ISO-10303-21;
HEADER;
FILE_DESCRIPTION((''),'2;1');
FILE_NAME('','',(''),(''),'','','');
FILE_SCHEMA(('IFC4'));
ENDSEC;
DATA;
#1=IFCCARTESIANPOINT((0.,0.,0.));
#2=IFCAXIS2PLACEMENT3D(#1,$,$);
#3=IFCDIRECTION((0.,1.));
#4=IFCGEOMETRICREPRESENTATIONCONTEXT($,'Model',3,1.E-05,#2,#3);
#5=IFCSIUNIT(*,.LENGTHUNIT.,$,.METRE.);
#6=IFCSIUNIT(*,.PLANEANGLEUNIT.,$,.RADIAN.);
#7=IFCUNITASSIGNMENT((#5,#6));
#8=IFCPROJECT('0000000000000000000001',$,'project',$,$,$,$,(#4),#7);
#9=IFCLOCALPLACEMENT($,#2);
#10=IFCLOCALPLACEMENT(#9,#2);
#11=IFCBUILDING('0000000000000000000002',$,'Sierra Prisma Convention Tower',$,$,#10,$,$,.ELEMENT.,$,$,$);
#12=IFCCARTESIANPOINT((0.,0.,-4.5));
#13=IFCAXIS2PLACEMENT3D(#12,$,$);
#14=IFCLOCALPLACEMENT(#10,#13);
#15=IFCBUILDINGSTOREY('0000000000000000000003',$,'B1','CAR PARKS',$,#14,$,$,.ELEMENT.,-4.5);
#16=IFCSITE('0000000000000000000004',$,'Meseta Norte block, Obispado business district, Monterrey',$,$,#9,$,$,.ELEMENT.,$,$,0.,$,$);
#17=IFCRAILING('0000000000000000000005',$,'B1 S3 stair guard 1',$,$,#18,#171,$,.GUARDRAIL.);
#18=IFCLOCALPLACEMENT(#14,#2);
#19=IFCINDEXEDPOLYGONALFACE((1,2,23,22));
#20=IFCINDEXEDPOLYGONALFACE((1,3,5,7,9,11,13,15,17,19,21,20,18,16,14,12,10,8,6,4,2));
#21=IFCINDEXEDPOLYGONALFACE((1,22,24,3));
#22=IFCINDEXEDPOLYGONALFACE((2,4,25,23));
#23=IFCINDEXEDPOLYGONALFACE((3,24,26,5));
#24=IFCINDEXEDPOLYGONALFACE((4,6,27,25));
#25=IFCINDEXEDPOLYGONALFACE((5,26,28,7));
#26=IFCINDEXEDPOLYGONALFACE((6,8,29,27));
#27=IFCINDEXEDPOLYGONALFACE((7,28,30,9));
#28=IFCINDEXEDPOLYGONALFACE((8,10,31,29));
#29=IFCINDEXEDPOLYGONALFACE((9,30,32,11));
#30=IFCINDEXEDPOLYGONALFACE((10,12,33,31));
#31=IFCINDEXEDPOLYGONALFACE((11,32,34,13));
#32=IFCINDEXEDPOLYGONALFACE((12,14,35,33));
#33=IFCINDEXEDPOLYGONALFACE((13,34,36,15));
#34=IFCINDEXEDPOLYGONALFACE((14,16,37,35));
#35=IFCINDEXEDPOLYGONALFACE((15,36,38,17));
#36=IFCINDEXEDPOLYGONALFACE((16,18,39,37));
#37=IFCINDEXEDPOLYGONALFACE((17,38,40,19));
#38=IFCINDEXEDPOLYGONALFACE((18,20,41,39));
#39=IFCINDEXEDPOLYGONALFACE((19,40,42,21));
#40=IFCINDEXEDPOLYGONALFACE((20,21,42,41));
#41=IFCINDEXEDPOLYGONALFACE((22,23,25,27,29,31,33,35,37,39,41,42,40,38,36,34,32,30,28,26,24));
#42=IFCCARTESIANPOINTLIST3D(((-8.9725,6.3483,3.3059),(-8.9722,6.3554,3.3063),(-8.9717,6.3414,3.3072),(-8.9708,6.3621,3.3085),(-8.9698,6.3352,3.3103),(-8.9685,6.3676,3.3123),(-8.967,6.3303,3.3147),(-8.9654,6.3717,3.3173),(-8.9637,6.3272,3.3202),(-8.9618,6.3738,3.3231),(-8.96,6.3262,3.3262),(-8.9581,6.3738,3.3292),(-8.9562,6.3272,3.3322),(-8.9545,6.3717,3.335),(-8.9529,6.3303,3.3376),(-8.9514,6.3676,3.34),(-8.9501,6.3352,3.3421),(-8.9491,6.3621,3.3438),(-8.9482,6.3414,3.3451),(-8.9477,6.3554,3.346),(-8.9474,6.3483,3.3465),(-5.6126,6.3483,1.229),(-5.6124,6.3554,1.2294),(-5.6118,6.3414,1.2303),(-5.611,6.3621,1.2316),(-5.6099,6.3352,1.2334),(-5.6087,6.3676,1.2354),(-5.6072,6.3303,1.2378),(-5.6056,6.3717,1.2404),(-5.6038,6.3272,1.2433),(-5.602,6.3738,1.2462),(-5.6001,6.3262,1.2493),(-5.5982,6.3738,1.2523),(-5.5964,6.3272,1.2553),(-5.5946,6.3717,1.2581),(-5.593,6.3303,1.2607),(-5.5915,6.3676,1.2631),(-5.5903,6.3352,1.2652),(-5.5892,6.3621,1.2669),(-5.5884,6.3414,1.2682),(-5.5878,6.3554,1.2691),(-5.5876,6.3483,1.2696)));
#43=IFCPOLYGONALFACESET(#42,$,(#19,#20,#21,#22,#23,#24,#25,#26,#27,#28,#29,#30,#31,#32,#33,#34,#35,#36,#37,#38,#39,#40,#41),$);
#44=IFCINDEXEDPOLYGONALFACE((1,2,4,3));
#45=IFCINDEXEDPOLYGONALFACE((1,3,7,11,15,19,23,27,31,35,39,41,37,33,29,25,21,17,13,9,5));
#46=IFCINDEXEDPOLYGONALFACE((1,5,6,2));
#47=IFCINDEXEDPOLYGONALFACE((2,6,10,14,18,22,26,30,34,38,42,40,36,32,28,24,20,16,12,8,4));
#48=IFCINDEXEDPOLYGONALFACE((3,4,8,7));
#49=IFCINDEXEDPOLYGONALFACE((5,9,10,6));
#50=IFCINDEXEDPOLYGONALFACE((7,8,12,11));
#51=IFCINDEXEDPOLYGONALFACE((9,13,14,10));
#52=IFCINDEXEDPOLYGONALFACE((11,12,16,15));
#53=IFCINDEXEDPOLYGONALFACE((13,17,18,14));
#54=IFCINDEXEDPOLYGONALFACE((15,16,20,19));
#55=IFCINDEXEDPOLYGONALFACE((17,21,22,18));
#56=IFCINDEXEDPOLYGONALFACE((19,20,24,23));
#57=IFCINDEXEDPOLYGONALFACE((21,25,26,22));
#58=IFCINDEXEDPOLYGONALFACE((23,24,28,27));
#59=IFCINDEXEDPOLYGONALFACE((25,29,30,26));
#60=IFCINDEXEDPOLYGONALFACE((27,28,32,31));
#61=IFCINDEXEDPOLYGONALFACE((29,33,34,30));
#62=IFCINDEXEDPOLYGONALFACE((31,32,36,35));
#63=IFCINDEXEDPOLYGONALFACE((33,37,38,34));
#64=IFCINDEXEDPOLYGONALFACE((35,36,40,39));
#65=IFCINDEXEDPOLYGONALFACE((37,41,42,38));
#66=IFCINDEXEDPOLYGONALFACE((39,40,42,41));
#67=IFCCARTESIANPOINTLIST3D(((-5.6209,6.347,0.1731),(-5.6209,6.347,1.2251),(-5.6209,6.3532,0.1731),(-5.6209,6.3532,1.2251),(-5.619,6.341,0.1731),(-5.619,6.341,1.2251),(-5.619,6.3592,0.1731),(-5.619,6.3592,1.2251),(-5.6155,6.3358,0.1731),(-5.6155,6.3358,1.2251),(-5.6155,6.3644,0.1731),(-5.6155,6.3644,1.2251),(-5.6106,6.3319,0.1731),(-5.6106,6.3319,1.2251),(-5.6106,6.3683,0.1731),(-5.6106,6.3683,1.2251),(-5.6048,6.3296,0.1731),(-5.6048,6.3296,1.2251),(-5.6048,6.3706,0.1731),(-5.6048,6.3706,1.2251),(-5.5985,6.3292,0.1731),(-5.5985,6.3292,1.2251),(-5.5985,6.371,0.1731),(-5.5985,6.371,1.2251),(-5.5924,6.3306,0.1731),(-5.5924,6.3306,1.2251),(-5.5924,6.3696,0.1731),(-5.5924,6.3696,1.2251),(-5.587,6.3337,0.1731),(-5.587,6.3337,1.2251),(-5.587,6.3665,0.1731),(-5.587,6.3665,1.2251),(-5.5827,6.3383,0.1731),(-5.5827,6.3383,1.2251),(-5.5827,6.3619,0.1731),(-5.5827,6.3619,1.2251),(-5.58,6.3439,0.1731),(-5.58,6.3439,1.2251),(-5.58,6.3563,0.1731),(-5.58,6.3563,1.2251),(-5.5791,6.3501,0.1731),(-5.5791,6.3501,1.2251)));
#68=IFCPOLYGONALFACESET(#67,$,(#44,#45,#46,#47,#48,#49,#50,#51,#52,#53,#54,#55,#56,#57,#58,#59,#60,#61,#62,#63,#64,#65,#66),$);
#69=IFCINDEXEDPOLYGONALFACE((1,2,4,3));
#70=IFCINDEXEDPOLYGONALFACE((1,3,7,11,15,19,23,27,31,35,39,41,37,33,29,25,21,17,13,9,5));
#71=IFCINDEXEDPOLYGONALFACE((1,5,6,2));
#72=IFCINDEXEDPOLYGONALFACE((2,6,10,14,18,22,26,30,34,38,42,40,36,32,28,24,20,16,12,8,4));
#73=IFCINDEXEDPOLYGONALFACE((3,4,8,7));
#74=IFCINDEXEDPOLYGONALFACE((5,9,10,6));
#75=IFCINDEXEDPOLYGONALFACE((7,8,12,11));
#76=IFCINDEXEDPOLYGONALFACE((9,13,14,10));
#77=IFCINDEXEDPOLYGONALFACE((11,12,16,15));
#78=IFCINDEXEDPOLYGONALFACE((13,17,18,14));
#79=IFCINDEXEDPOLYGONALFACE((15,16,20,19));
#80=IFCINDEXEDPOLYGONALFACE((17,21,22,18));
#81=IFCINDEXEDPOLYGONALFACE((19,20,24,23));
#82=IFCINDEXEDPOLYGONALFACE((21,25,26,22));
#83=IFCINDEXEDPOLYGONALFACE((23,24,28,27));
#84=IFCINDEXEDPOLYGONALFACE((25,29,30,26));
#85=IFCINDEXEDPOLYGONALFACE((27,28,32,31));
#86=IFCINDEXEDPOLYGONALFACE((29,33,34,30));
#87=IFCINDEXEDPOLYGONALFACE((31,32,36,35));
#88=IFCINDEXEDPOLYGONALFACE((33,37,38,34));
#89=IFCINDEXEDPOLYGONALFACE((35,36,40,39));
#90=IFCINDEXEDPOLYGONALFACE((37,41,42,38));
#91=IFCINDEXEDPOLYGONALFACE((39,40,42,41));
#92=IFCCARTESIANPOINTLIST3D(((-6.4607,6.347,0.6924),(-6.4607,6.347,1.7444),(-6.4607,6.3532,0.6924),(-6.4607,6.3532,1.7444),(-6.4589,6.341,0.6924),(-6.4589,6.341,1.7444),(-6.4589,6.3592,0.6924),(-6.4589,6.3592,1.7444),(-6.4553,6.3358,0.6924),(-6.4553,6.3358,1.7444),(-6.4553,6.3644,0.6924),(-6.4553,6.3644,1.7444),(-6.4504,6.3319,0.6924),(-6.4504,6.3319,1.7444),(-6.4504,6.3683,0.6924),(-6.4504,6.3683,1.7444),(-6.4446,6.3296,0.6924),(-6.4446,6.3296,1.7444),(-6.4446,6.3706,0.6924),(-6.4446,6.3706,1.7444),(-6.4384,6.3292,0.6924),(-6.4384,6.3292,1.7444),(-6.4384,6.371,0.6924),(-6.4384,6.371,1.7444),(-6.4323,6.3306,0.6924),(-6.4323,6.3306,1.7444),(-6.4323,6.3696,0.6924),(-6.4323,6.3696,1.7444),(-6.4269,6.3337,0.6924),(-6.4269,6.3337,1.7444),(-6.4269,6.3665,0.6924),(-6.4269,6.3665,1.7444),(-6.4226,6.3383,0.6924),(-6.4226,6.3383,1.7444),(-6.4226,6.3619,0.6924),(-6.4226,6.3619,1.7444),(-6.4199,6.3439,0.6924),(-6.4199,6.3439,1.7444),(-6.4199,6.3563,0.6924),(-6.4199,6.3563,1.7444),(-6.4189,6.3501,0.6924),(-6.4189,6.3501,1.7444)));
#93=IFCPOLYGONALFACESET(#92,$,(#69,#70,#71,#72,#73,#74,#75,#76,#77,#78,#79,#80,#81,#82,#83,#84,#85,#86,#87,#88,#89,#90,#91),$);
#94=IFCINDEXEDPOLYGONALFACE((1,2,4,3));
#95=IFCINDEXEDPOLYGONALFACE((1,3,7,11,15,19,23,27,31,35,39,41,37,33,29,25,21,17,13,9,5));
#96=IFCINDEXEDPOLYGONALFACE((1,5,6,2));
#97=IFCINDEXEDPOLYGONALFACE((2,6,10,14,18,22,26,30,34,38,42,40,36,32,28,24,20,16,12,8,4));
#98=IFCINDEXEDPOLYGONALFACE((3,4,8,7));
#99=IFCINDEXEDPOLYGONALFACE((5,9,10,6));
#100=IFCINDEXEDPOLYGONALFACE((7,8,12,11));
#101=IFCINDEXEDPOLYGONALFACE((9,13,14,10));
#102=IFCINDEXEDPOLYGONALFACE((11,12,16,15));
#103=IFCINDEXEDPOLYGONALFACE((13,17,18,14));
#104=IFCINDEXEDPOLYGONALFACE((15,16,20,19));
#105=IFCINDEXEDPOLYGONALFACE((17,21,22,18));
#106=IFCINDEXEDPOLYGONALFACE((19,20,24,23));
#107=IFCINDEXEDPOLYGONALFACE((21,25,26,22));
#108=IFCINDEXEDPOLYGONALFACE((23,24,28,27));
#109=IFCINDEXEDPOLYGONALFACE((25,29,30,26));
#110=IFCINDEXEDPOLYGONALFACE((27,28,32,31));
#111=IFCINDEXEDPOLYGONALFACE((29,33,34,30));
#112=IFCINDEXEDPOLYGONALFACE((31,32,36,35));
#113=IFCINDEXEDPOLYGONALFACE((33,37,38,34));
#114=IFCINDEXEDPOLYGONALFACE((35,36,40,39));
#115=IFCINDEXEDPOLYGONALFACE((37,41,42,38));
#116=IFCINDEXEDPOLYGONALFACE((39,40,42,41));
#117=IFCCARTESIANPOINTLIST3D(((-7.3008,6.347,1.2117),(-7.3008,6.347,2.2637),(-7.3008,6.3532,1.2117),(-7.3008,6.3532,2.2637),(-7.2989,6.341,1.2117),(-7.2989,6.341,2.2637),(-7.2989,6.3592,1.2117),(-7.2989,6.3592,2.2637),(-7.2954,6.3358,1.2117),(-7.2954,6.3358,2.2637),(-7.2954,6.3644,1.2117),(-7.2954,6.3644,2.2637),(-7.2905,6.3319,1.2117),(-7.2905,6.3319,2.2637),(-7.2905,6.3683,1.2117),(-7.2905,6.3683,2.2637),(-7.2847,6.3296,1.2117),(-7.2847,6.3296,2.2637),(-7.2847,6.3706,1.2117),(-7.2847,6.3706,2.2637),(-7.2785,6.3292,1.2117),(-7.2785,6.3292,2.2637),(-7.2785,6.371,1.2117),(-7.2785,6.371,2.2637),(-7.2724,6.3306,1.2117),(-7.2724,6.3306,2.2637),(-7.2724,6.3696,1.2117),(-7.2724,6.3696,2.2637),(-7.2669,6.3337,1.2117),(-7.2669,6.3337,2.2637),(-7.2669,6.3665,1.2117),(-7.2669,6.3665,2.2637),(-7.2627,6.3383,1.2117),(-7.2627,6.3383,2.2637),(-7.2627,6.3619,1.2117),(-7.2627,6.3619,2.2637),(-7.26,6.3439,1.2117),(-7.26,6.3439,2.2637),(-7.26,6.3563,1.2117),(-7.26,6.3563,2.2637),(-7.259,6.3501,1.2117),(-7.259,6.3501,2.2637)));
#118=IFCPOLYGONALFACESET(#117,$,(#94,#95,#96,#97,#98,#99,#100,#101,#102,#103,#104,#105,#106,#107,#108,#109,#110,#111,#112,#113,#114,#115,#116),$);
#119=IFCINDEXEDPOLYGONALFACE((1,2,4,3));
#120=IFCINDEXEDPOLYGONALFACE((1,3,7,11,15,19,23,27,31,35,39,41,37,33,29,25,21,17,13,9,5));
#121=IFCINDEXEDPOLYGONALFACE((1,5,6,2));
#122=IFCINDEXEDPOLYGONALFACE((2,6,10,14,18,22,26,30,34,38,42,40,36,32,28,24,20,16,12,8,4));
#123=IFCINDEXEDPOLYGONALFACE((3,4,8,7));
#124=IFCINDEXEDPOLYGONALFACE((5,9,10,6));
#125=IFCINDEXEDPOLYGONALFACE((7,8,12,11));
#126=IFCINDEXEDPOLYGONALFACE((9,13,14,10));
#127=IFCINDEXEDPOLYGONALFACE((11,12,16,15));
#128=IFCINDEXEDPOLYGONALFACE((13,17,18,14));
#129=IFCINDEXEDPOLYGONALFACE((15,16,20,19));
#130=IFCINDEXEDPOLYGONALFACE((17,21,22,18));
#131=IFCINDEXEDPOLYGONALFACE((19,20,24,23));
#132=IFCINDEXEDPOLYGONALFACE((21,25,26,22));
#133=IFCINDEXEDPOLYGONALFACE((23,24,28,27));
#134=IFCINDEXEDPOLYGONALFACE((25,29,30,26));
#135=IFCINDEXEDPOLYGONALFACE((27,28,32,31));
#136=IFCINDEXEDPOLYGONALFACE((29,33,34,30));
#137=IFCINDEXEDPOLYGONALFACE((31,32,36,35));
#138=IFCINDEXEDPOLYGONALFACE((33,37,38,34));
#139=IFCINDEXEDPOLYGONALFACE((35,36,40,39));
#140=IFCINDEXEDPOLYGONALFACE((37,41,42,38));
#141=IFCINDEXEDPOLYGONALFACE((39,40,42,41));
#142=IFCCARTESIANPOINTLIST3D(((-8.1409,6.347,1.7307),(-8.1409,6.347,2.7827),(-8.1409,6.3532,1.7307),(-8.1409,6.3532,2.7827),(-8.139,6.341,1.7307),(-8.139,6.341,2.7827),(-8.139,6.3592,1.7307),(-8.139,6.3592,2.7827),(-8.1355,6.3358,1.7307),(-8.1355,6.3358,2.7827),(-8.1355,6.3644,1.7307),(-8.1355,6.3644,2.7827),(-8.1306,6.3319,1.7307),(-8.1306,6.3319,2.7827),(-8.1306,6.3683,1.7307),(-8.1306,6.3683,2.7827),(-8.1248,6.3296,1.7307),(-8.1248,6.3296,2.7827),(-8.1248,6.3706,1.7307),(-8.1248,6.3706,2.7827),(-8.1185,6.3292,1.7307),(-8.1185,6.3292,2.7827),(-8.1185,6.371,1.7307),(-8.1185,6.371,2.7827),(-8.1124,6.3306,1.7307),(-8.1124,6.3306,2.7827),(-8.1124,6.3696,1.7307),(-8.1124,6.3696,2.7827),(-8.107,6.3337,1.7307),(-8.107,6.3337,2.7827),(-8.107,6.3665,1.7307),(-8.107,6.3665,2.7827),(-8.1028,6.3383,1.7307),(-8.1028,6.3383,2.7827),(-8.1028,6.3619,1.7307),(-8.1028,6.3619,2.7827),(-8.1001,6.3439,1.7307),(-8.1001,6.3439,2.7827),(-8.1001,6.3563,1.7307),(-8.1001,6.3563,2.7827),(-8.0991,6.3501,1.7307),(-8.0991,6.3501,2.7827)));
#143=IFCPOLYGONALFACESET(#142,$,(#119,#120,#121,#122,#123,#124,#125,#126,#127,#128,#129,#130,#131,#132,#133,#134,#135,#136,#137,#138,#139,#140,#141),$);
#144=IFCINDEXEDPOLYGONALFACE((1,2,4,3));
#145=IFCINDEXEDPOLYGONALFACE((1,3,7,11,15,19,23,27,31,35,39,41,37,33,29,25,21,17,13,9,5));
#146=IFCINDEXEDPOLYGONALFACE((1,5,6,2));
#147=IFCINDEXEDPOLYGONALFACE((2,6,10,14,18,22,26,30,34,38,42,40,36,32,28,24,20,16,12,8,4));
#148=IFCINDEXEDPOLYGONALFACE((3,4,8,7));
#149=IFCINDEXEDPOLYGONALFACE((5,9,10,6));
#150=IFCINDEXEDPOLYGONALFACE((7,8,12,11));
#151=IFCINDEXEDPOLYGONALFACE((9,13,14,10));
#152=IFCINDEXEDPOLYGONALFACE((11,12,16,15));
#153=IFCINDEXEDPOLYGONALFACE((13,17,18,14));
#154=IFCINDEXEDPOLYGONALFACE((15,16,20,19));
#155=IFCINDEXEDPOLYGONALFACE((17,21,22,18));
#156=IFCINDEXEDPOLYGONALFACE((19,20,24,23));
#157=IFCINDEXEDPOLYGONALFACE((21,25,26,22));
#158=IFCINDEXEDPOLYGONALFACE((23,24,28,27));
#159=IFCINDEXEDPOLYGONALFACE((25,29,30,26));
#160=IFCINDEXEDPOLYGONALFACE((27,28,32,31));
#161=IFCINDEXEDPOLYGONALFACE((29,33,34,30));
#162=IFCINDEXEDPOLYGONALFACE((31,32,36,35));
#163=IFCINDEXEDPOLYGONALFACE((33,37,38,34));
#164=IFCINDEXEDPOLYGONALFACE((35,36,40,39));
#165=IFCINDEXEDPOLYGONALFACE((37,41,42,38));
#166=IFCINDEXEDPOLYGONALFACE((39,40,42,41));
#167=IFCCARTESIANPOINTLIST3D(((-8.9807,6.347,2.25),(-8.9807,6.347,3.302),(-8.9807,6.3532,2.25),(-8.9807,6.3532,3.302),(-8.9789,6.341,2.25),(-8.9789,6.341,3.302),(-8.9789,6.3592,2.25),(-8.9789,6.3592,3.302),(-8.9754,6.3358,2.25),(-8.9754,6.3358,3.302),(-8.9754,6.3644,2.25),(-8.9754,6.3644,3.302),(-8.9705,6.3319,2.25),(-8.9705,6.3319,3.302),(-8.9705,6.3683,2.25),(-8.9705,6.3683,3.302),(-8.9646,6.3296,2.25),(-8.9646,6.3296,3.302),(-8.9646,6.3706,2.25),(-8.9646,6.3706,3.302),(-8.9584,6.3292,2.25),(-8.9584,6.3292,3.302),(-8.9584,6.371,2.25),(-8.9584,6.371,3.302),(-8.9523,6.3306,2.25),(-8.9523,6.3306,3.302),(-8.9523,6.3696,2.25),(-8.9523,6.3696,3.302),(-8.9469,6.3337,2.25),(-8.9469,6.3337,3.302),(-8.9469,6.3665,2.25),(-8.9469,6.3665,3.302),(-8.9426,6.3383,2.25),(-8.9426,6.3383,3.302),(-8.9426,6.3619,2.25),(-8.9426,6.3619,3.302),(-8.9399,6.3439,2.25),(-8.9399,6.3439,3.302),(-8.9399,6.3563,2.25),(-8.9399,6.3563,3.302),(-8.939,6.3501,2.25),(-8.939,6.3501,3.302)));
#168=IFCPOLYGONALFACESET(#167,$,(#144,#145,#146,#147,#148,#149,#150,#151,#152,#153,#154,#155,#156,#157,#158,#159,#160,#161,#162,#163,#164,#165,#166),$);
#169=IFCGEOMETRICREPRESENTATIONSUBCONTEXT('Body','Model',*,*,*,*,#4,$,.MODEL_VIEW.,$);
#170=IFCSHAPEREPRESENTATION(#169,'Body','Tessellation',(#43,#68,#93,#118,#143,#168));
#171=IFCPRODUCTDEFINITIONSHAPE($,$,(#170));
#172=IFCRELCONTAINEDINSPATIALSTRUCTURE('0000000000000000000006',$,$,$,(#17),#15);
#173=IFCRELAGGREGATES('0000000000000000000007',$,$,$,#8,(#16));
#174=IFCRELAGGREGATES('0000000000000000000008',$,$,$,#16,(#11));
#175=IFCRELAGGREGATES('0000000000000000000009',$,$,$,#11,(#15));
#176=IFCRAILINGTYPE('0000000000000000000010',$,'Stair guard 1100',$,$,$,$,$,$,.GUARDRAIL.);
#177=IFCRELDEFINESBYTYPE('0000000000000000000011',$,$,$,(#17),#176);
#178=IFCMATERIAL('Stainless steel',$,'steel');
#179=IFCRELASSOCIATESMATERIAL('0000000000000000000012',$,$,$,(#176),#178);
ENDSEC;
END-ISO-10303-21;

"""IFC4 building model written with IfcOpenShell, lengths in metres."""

from ifc_helpers import new_model, si_unit, direction, frame, origin, origin_2d, place, context, subcontext, project, spatial, circle, extrude, material, type_object, element, save


model = new_model("IFC4")

# Units and contexts
model_context = context("Model", 3, precision=1e-05, world=origin(), true_north=direction((0.0, 1.0)))
body_context = subcontext(model_context, "Body", "Model", "MODEL_VIEW")
ifc_project = project(units=[si_unit("LENGTHUNIT", "METRE"), si_unit("PLANEANGLEUNIT", "RADIAN")], contexts=[model_context])

# Site, building, storey
site_placement = place(None, origin())
site = spatial("IfcSite", under=ifc_project, at=site_placement, Name="Meseta Norte block, Obispado business district, Monterrey", CompositionType="ELEMENT", RefElevation=0.0)
building_placement = place(site_placement, origin())
building = spatial("IfcBuilding", under=site, at=building_placement, Name="Sierra Prisma Convention Tower", CompositionType="ELEMENT")
storey_placement = place(building_placement, frame((0.0, 0.0, -4.5)))
storey = spatial("IfcBuildingStorey", under=building, at=storey_placement, Name="B1", Description="CAR PARKS", CompositionType="ELEMENT", Elevation=-4.5)

# Railing
ifc_material_1 = material(Name="Stainless steel", Category="steel")
railing_type_1 = type_object("IfcRailingType", Name="Stair guard 1100", PredefinedType="GUARDRAIL", material=ifc_material_1)
railing_1_placement = place(storey_placement, frame((-5.6001, 6.3501, 0.1731)))
element("IfcRailing", 1, at=railing_1_placement, inside=storey, type_object=railing_type_1, Name="B1 S3 stair guard 1", PredefinedType="GUARDRAIL", context=body_context, shape_type="SweptSolid", body=[
    extrude(circle(Radius=0.0239, at=origin_2d()), frame((0.0, 0.0, 1.0762), z_axis=(-0.850606, 0.0, 0.525803), x_axis=(0.0, -1.0, 0.0)), (0.0, 0.0, 1.0), 3.95),
    extrude(circle(Radius=0.021, at=origin_2d()), origin(), (0.0, 0.0, 1.0), 1.052),
    extrude(circle(Radius=0.021, at=origin_2d()), frame((-0.8398, 0.0, 0.5193)), (0.0, 0.0, 1.0), 1.052),
    extrude(circle(Radius=0.021, at=origin_2d()), frame((-1.6799, 0.0, 1.0386)), (0.0, 0.0, 1.0), 1.052),
    extrude(circle(Radius=0.021, at=origin_2d()), frame((-2.52, 0.0, 1.5576)), (0.0, 0.0, 1.0), 1.052),
    extrude(circle(Radius=0.021, at=origin_2d()), frame((-3.3599, 0.0, 2.0769)), (0.0, 0.0, 1.0), 1.052),
])

save(model, "model.ifc")
